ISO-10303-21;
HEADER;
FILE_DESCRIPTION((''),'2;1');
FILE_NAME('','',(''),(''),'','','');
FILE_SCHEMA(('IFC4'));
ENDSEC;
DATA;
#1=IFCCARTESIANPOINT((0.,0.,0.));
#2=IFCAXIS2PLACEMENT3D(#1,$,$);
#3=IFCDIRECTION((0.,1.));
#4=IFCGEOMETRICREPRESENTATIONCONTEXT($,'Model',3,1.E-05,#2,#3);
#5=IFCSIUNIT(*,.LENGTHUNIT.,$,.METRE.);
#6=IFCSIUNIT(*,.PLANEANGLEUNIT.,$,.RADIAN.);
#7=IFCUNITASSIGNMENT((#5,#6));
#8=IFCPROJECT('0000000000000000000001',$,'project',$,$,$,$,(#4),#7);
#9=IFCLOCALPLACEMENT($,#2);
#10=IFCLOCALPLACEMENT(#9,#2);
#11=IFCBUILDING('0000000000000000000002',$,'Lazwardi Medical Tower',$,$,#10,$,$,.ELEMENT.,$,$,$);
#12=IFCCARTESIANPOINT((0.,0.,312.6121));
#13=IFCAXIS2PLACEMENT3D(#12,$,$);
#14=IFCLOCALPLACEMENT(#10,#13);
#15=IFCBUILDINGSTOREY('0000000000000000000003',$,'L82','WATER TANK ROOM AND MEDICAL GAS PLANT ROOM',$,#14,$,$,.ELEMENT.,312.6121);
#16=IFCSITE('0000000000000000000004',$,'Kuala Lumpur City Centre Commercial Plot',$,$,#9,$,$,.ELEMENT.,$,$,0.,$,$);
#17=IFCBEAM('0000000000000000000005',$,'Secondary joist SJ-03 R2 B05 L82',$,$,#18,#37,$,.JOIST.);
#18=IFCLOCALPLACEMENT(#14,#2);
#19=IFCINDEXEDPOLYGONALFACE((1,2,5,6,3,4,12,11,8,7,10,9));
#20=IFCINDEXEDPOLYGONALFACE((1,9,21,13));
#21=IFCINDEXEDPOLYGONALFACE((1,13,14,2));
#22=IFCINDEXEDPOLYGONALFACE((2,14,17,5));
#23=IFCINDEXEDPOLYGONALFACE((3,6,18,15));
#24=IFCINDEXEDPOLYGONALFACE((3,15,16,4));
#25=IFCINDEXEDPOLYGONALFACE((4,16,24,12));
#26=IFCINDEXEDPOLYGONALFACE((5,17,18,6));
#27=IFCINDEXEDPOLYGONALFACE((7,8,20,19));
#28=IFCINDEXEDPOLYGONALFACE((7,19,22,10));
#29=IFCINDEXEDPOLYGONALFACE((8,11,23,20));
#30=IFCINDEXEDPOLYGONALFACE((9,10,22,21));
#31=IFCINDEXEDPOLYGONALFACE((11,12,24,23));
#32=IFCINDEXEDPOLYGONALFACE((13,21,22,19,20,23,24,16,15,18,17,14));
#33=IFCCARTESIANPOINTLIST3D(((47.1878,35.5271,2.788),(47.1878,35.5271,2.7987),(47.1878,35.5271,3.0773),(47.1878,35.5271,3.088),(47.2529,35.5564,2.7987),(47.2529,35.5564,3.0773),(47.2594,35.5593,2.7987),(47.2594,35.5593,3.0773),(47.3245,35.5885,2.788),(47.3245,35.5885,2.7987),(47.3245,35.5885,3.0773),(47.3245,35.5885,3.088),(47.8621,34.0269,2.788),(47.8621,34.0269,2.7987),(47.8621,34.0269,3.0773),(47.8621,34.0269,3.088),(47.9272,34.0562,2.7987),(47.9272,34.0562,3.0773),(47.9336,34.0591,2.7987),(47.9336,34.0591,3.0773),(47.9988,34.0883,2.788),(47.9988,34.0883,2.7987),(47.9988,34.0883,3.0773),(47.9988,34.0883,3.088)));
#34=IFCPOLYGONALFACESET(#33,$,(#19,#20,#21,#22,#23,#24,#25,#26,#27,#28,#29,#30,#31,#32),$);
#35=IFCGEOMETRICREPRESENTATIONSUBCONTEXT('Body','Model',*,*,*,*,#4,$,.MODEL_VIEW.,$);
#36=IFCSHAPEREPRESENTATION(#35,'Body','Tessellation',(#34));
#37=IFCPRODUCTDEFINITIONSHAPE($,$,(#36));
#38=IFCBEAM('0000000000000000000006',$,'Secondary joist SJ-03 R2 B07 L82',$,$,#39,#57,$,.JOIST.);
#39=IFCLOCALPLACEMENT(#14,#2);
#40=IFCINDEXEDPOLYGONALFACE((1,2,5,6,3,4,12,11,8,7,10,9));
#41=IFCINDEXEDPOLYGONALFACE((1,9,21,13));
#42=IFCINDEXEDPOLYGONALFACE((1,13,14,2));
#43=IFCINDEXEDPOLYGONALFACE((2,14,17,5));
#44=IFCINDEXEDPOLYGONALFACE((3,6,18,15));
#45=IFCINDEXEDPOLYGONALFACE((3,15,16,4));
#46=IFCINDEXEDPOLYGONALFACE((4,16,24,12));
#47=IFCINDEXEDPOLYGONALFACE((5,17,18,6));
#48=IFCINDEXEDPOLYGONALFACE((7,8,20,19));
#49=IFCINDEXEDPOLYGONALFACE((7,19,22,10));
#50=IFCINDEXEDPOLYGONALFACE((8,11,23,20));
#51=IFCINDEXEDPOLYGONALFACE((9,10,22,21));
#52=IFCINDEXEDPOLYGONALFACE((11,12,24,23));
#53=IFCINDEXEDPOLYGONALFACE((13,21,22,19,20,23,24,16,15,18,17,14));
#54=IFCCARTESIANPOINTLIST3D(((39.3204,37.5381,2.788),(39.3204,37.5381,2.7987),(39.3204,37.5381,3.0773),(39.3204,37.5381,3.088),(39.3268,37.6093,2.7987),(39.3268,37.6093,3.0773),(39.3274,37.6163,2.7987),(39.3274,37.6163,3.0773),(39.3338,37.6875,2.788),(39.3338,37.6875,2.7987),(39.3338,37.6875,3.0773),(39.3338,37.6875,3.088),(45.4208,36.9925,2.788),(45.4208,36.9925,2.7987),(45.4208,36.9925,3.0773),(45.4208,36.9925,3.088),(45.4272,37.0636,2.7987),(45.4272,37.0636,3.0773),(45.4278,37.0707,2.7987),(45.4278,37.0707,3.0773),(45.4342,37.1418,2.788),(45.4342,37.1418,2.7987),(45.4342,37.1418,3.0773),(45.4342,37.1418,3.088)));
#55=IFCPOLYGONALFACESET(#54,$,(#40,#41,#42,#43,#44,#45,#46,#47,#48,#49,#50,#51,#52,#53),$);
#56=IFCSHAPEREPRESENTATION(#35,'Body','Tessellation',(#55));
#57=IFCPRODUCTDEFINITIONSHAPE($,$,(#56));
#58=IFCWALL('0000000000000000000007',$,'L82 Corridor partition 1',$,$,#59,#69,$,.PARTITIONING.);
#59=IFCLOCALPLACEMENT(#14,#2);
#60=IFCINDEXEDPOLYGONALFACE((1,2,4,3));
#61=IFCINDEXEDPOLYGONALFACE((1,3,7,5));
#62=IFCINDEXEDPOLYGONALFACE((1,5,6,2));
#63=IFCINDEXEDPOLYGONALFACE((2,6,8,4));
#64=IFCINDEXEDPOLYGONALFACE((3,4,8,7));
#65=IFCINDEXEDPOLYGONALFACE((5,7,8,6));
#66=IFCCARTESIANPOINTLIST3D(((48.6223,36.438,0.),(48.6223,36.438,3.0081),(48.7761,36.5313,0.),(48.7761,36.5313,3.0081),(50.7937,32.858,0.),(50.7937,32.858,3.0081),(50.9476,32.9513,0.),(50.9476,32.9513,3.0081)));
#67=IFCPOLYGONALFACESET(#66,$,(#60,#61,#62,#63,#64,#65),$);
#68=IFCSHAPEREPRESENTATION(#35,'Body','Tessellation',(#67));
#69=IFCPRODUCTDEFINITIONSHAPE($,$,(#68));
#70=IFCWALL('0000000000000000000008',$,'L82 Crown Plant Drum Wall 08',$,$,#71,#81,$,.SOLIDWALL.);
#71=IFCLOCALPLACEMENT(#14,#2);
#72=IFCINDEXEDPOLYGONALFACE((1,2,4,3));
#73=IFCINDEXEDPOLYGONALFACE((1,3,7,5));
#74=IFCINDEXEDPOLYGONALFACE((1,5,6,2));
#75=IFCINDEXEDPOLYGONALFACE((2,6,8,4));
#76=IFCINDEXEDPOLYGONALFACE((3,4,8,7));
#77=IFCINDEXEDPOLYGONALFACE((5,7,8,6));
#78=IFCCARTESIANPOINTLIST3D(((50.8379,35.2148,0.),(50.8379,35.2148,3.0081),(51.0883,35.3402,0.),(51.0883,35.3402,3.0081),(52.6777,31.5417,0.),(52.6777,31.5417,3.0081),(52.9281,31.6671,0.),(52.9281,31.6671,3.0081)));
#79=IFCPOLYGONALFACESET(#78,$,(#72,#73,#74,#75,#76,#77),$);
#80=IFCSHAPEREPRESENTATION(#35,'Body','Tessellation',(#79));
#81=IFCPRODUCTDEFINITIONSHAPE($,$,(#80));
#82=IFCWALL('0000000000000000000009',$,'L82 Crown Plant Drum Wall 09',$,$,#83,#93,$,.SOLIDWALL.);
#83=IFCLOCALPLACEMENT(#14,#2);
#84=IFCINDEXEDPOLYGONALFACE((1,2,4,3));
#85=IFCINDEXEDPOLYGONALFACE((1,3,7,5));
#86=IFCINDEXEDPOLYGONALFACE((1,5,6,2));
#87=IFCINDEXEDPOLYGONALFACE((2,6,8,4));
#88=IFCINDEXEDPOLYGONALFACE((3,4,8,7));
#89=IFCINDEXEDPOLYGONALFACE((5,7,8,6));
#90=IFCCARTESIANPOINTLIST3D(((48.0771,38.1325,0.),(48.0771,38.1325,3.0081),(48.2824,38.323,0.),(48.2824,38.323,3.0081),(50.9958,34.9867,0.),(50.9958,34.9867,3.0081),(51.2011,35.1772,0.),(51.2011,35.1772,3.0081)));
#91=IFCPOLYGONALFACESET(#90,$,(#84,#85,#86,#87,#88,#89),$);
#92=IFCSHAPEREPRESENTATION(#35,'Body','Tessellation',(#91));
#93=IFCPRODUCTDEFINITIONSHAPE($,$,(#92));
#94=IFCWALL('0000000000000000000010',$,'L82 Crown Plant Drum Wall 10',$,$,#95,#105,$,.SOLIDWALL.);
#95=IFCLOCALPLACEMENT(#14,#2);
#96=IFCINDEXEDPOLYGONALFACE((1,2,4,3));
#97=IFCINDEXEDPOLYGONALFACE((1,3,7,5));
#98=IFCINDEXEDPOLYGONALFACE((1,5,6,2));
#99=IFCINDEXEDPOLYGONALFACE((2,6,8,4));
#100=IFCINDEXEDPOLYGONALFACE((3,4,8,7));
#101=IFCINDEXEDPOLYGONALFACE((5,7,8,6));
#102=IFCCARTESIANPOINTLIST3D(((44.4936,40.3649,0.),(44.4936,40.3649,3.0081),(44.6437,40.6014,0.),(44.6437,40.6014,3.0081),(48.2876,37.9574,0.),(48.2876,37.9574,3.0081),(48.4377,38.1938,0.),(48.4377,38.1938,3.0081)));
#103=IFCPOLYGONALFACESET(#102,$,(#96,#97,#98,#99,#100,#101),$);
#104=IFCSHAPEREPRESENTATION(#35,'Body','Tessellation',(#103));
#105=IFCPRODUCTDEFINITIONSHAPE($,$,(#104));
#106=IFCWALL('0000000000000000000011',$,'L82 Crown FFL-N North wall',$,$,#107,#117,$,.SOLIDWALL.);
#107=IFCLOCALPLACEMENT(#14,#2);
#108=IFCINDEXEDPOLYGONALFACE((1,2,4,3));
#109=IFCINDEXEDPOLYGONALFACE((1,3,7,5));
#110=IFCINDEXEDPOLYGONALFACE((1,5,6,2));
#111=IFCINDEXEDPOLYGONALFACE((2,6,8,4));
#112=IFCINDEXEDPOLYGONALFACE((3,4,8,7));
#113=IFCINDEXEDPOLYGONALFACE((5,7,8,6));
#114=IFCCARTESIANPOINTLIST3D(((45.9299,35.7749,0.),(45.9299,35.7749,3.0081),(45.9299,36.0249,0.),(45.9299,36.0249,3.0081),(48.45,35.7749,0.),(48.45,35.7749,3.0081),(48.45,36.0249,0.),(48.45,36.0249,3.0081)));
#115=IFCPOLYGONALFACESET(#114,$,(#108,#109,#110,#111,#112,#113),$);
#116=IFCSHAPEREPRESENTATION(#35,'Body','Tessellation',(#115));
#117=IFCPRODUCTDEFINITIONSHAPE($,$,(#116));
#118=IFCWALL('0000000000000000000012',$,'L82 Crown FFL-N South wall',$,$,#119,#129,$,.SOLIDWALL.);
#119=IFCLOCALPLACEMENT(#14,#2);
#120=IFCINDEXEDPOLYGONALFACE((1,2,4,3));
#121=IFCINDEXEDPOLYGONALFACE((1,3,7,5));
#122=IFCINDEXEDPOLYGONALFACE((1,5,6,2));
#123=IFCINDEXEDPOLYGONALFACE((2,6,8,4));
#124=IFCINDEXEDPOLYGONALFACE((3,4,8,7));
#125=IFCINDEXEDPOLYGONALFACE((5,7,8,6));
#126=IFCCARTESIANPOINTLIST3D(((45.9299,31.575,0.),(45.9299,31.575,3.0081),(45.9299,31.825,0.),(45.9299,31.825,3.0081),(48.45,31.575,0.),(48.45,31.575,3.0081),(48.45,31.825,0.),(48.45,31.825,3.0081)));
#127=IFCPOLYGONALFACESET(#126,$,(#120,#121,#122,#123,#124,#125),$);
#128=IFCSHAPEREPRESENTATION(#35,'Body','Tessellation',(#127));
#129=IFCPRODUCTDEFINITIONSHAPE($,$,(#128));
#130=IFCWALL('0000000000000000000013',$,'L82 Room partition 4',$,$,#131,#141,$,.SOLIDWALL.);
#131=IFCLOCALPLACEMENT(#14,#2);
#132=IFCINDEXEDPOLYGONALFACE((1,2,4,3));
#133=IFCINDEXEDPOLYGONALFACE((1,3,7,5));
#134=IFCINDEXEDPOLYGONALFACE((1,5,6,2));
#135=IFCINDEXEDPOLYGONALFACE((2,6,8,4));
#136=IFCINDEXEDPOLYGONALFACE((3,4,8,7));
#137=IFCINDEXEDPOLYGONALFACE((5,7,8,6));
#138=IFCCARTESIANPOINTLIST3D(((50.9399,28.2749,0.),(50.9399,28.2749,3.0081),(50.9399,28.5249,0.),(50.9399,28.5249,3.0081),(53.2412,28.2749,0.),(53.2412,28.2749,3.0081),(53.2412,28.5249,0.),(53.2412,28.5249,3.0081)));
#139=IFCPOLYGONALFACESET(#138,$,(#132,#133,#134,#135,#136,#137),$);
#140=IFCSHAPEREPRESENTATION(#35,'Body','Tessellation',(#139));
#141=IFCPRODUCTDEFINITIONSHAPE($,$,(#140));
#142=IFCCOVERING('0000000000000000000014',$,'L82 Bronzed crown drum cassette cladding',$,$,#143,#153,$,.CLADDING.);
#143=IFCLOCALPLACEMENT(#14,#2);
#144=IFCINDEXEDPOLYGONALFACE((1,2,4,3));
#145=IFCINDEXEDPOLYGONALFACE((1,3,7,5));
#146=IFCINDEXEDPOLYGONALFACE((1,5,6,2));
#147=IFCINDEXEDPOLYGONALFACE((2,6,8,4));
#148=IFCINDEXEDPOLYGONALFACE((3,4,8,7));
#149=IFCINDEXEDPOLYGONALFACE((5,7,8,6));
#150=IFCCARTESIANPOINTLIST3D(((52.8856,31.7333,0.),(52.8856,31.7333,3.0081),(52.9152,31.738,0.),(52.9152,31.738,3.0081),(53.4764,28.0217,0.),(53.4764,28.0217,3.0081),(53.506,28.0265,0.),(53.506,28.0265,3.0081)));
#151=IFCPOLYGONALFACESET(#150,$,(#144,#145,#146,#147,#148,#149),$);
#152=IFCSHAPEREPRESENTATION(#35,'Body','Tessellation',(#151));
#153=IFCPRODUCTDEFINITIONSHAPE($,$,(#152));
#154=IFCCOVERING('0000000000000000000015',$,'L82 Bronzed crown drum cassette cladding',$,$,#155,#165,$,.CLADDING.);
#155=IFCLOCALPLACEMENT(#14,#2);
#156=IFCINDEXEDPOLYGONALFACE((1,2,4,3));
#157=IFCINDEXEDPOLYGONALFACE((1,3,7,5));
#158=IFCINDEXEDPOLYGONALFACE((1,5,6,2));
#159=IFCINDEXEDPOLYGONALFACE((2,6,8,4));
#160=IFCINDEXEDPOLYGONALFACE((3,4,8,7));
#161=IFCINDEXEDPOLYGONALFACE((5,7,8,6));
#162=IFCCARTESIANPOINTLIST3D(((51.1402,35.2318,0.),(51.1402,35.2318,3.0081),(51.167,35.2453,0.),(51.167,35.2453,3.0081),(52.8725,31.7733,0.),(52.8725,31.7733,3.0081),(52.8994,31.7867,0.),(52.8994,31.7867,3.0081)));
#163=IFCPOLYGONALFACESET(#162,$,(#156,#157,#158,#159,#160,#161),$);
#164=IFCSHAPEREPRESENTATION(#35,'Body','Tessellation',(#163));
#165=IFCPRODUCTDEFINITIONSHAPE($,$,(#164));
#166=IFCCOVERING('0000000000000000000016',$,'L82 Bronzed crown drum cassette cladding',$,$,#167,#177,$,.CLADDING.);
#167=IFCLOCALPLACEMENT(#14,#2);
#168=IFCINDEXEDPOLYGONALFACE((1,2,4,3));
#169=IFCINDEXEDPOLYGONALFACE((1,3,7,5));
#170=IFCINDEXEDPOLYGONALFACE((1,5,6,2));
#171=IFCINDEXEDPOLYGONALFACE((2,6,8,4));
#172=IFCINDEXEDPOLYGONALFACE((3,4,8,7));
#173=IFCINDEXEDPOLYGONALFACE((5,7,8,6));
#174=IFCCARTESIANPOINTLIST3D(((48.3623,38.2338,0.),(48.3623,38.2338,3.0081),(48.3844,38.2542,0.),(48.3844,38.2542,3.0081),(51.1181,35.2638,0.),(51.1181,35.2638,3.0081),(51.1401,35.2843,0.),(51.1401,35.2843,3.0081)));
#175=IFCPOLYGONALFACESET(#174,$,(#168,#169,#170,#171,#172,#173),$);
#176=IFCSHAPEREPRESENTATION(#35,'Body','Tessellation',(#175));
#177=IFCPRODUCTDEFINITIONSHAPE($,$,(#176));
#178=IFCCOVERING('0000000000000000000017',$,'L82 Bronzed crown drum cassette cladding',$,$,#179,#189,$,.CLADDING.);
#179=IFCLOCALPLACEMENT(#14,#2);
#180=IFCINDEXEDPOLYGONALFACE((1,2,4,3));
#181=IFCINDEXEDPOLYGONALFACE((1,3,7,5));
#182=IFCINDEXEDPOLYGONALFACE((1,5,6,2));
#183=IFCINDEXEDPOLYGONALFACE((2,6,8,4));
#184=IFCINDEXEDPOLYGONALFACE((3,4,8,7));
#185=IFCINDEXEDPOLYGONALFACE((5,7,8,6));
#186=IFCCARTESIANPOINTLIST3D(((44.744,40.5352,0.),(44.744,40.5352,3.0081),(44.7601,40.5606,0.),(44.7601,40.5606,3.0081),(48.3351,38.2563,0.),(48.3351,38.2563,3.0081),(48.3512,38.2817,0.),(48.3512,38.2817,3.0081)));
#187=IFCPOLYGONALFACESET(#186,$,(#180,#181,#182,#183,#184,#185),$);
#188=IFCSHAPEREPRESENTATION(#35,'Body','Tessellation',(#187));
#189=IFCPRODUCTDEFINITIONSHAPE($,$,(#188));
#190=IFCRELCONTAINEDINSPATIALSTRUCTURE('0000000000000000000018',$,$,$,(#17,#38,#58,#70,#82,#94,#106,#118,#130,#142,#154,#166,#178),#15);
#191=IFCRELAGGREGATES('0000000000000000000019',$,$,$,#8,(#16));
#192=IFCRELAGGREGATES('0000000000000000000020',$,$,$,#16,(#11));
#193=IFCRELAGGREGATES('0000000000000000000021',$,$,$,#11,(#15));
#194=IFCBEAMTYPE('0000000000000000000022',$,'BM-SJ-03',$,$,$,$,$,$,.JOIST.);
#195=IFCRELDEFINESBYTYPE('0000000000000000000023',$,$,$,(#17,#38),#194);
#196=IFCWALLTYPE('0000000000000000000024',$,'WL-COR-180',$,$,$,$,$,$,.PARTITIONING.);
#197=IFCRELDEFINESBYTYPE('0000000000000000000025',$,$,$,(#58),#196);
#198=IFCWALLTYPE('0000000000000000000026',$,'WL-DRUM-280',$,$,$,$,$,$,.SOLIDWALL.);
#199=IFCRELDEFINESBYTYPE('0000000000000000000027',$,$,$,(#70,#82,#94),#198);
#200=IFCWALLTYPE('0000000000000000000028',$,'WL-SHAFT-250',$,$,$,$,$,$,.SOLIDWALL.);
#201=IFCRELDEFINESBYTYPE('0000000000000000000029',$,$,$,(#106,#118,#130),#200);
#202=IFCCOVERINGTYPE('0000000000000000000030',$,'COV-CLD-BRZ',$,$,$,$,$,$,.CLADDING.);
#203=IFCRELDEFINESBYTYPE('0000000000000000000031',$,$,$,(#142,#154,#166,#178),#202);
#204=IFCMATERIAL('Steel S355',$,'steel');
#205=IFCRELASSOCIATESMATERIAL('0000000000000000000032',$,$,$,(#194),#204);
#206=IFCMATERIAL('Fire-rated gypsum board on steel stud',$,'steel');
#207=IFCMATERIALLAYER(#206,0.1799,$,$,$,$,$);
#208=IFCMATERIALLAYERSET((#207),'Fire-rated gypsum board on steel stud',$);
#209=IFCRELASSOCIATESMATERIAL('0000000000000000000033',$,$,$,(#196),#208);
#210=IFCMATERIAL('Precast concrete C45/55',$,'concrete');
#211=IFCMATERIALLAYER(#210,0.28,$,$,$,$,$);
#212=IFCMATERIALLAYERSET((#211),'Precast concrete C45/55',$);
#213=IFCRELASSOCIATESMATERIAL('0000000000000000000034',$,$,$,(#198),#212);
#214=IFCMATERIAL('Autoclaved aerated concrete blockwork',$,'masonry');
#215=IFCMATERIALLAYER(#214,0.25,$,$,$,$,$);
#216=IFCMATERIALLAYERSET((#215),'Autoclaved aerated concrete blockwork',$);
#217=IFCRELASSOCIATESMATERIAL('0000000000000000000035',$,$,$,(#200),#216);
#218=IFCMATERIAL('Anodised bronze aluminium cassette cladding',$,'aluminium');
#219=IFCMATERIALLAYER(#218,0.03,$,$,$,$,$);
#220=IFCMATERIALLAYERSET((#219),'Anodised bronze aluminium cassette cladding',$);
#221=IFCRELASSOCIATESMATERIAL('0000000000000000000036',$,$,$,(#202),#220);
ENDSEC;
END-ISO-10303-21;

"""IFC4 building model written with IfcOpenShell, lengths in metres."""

from ifc_helpers import new_model, si_unit, direction, frame, frame_2d, origin, origin_2d, place, context, subcontext, project, spatial, rectangle, i_section, extrude, material, layer, layer_set, material_profile, profile_set, type_object, element, save


model = new_model("IFC4")

# Units and contexts
model_context = context("Model", 3, precision=1e-05, world=origin(), true_north=direction((0.0, 1.0)))
body_context = subcontext(model_context, "Body", "Model", "MODEL_VIEW")
ifc_project = project(units=[si_unit("LENGTHUNIT", "METRE"), si_unit("PLANEANGLEUNIT", "RADIAN")], contexts=[model_context])

# Site, building, storey
site_placement = place(None, origin())
site = spatial("IfcSite", under=ifc_project, at=site_placement, Name="Kuala Lumpur City Centre Commercial Plot", CompositionType="ELEMENT", RefElevation=0.0)
building_placement = place(site_placement, origin())
building = spatial("IfcBuilding", under=site, at=building_placement, Name="Lazwardi Medical Tower", CompositionType="ELEMENT")
storey_placement = place(building_placement, frame((0.0, 0.0, 312.6121)))
storey = spatial("IfcBuildingStorey", under=building, at=storey_placement, Name="L82", Description="WATER TANK ROOM AND MEDICAL GAS PLANT ROOM", CompositionType="ELEMENT", Elevation=312.6121)

# Beams
ifc_material_1 = material(Name="Steel S355", Category="steel")
ifc_material_profile_1 = material_profile(ifc_material_1, i_section(OverallWidth=0.1499, OverallDepth=0.3, WebThickness=0.0071, FlangeThickness=0.0107, at=origin_2d()), Name="IPE 300")
ifc_profile_set_1 = profile_set([ifc_material_profile_1], Name="Steel S355")
beam_type_1 = type_object("IfcBeamType", Name="BM-SJ-03", PredefinedType="JOIST", material=ifc_profile_set_1)
beam_1_placement = place(storey_placement, frame((47.9304, 34.0576, 2.938), z_axis=(-0.409963, 0.912102, 0.0), x_axis=(-0.912102, -0.409963, 0.0)))
element("IfcBeam", 1, at=beam_1_placement, inside=storey, type_object=beam_type_1, Name="Secondary joist SJ-03 R2 B05 L82", PredefinedType="JOIST", context=body_context, shape_type="SweptSolid", body=[
    extrude(i_section(OverallWidth=0.1499, OverallDepth=0.3, WebThickness=0.0071, FlangeThickness=0.0107, at=origin_2d()), origin(), (0.0, 0.0, 1.0), 1.6448),
])
beam_2_placement = place(storey_placement, frame((45.4275, 37.0671, 2.938), z_axis=(-0.996024, 0.089091, 0.0), x_axis=(-0.089091, -0.996024, 0.0)))
element("IfcBeam", 2, at=beam_2_placement, inside=storey, type_object=beam_type_1, Name="Secondary joist SJ-03 R2 B07 L82", PredefinedType="JOIST", context=body_context, shape_type="SweptSolid", body=[
    extrude(i_section(OverallWidth=0.1499, OverallDepth=0.3, WebThickness=0.0071, FlangeThickness=0.0107, at=origin_2d()), origin(), (0.0, 0.0, 1.0), 6.1248),
])

# Wall
ifc_material_2 = material(Name="Fire-rated gypsum board on steel stud", Category="steel")
ifc_layer_1 = layer(ifc_material_2, 0.1799)
ifc_layer_set_1 = layer_set([ifc_layer_1], Name="Fire-rated gypsum board on steel stud")
wall_type_1 = type_object("IfcWallType", Name="WL-COR-180", PredefinedType="PARTITIONING", material=ifc_layer_set_1)
wall_1_placement = place(storey_placement, frame((48.6992, 36.4846, 0.0), z_axis=(0.0, 0.0, 1.0), x_axis=(0.518614, -0.855008, 0.0)))
element("IfcWall", 3, at=wall_1_placement, inside=storey, type_object=wall_type_1, Name="L82 Corridor partition 1", PredefinedType="PARTITIONING", context=body_context, shape_type="SweptSolid", body=[
    extrude(rectangle(XDim=4.187, YDim=0.1799, at=frame_2d((2.0935, 0.0))), origin(), (0.0, 0.0, 1.0), 3.0081),
])

# Walls
ifc_material_3 = material(Name="Precast concrete C45/55", Category="concrete")
ifc_layer_2 = layer(ifc_material_3, 0.28)
ifc_layer_set_2 = layer_set([ifc_layer_2], Name="Precast concrete C45/55")
wall_type_2 = type_object("IfcWallType", Name="WL-DRUM-280", PredefinedType="SOLIDWALL", material=ifc_layer_set_2)
wall_2_placement = place(storey_placement, frame((52.803, 31.6042, 0.0), z_axis=(0.0, 0.0, 1.0), x_axis=(-0.447855, 0.894106, 0.0)))
element("IfcWall", 4, at=wall_2_placement, inside=storey, type_object=wall_type_2, Name="L82 Crown Plant Drum Wall 08", PredefinedType="SOLIDWALL", context=body_context, shape_type="SweptSolid", body=[
    extrude(rectangle(XDim=4.1082, YDim=0.28, at=frame_2d((2.0542, 0.0))), origin(), (0.0, 0.0, 1.0), 3.0081),
])
wall_3_placement = place(storey_placement, frame((51.0984, 35.082, 0.0), z_axis=(0.0, 0.0, 1.0), x_axis=(-0.680156, 0.733067, 0.0)))
element("IfcWall", 5, at=wall_3_placement, inside=storey, type_object=wall_type_2, Name="L82 Crown Plant Drum Wall 09", PredefinedType="SOLIDWALL", context=body_context, shape_type="SweptSolid", body=[
    extrude(rectangle(XDim=4.2913, YDim=0.28, at=frame_2d((2.1455, 0.0))), origin(), (0.0, 0.0, 1.0), 3.0081),
])
wall_4_placement = place(storey_placement, frame((48.3625, 38.0757, 0.0), z_axis=(0.0, 0.0, 1.0), x_axis=(-0.844352, 0.535789, 0.0)))
element("IfcWall", 6, at=wall_4_placement, inside=storey, type_object=wall_type_2, Name="L82 Crown Plant Drum Wall 10", PredefinedType="SOLIDWALL", context=body_context, shape_type="SweptSolid", body=[
    extrude(rectangle(XDim=4.4934, YDim=0.28, at=frame_2d((2.2466, 0.0))), origin(), (0.0, 0.0, 1.0), 3.0081),
])
ifc_material_4 = material(Name="Autoclaved aerated concrete blockwork", Category="masonry")
ifc_layer_3 = layer(ifc_material_4, 0.25)
ifc_layer_set_3 = layer_set([ifc_layer_3], Name="Autoclaved aerated concrete blockwork")
wall_type_3 = type_object("IfcWallType", Name="WL-SHAFT-250", PredefinedType="SOLIDWALL", material=ifc_layer_set_3)
for number, where, z_axis, x_axis, name in (
    (7, (45.9299, 35.8999, 0.0), (0.0, 0.0, 1.0), (1.0, 0.0, 0.0), "L82 Crown FFL-N North wall"),
    (8, (45.9299, 31.7, 0.0), (0.0, 0.0, 1.0), (1.0, 0.0, 0.0), "L82 Crown FFL-N South wall"),
):
    element("IfcWall", number, at=place(storey_placement, frame(where, z_axis=z_axis, x_axis=x_axis)), inside=storey, type_object=wall_type_3, Name=name, PredefinedType="SOLIDWALL", context=body_context, shape_type="SweptSolid", body=[
        extrude(rectangle(XDim=2.52, YDim=0.25, at=frame_2d((1.26, 0.0))), origin(), (0.0, 0.0, 1.0), 3.0081),
    ])
wall_5_placement = place(storey_placement, frame((50.9399, 28.3999, 0.0), z_axis=(0.0, 0.0, 1.0), x_axis=(1.0, 0.0, 0.0)))
element("IfcWall", 9, at=wall_5_placement, inside=storey, type_object=wall_type_3, Name="L82 Room partition 4", PredefinedType="SOLIDWALL", context=body_context, shape_type="SweptSolid", body=[
    extrude(rectangle(XDim=2.3013, YDim=0.25, at=frame_2d((1.1506, 0.0))), origin(), (0.0, 0.0, 1.0), 3.0081),
])

# Coverings
ifc_material_5 = material(Name="Anodised bronze aluminium cassette cladding", Category="aluminium")
ifc_layer_4 = layer(ifc_material_5, 0.03)
ifc_layer_set_4 = layer_set([ifc_layer_4], Name="Anodised bronze aluminium cassette cladding")
covering_type = type_object("IfcCoveringType", Name="COV-CLD-BRZ", PredefinedType="CLADDING", material=ifc_layer_set_4)
covering_1_placement = place(storey_placement, frame((53.1958, 29.8799, 0.0), z_axis=(0.0, 0.0, 1.0), x_axis=(-0.157202, 0.987567, 0.0)))
element("IfcCovering", 10, at=covering_1_placement, inside=storey, type_object=covering_type, Name="L82 Bronzed crown drum cassette cladding", PredefinedType="CLADDING", context=body_context, shape_type="SweptSolid", body=[
    extrude(rectangle(XDim=3.7583, YDim=0.03, at=origin_2d()), origin(), (0.0, 0.0, 1.0), 3.0081),
])
covering_2_placement = place(storey_placement, frame((52.0198, 33.5093, 0.0), z_axis=(0.0, 0.0, 1.0), x_axis=(-0.447845, 0.894111, 0.0)))
element("IfcCovering", 11, at=covering_2_placement, inside=storey, type_object=covering_type, Name="L82 Bronzed crown drum cassette cladding", PredefinedType="CLADDING", context=body_context, shape_type="SweptSolid", body=[
    extrude(rectangle(XDim=3.8682, YDim=0.03, at=origin_2d()), origin(), (0.0, 0.0, 1.0), 3.0081),
])
covering_3_placement = place(storey_placement, frame((49.7512, 36.759, 0.0), z_axis=(0.0, 0.0, 1.0), x_axis=(-0.680177, 0.733048, 0.0)))
element("IfcCovering", 12, at=covering_3_placement, inside=storey, type_object=covering_type, Name="L82 Bronzed crown drum cassette cladding", PredefinedType="CLADDING", context=body_context, shape_type="SweptSolid", body=[
    extrude(rectangle(XDim=4.0515, YDim=0.03, at=origin_2d()), origin(), (0.0, 0.0, 1.0), 3.0081),
])
covering_4_placement = place(storey_placement, frame((46.5476, 39.4084, 0.0), z_axis=(0.0, 0.0, 1.0), x_axis=(-0.844343, 0.535803, 0.0)))
element("IfcCovering", 13, at=covering_4_placement, inside=storey, type_object=covering_type, Name="L82 Bronzed crown drum cassette cladding", PredefinedType="CLADDING", context=body_context, shape_type="SweptSolid", body=[
    extrude(rectangle(XDim=4.2532, YDim=0.03, at=origin_2d()), origin(), (0.0, 0.0, 1.0), 3.0081),
])

save(model, "model.ifc")
